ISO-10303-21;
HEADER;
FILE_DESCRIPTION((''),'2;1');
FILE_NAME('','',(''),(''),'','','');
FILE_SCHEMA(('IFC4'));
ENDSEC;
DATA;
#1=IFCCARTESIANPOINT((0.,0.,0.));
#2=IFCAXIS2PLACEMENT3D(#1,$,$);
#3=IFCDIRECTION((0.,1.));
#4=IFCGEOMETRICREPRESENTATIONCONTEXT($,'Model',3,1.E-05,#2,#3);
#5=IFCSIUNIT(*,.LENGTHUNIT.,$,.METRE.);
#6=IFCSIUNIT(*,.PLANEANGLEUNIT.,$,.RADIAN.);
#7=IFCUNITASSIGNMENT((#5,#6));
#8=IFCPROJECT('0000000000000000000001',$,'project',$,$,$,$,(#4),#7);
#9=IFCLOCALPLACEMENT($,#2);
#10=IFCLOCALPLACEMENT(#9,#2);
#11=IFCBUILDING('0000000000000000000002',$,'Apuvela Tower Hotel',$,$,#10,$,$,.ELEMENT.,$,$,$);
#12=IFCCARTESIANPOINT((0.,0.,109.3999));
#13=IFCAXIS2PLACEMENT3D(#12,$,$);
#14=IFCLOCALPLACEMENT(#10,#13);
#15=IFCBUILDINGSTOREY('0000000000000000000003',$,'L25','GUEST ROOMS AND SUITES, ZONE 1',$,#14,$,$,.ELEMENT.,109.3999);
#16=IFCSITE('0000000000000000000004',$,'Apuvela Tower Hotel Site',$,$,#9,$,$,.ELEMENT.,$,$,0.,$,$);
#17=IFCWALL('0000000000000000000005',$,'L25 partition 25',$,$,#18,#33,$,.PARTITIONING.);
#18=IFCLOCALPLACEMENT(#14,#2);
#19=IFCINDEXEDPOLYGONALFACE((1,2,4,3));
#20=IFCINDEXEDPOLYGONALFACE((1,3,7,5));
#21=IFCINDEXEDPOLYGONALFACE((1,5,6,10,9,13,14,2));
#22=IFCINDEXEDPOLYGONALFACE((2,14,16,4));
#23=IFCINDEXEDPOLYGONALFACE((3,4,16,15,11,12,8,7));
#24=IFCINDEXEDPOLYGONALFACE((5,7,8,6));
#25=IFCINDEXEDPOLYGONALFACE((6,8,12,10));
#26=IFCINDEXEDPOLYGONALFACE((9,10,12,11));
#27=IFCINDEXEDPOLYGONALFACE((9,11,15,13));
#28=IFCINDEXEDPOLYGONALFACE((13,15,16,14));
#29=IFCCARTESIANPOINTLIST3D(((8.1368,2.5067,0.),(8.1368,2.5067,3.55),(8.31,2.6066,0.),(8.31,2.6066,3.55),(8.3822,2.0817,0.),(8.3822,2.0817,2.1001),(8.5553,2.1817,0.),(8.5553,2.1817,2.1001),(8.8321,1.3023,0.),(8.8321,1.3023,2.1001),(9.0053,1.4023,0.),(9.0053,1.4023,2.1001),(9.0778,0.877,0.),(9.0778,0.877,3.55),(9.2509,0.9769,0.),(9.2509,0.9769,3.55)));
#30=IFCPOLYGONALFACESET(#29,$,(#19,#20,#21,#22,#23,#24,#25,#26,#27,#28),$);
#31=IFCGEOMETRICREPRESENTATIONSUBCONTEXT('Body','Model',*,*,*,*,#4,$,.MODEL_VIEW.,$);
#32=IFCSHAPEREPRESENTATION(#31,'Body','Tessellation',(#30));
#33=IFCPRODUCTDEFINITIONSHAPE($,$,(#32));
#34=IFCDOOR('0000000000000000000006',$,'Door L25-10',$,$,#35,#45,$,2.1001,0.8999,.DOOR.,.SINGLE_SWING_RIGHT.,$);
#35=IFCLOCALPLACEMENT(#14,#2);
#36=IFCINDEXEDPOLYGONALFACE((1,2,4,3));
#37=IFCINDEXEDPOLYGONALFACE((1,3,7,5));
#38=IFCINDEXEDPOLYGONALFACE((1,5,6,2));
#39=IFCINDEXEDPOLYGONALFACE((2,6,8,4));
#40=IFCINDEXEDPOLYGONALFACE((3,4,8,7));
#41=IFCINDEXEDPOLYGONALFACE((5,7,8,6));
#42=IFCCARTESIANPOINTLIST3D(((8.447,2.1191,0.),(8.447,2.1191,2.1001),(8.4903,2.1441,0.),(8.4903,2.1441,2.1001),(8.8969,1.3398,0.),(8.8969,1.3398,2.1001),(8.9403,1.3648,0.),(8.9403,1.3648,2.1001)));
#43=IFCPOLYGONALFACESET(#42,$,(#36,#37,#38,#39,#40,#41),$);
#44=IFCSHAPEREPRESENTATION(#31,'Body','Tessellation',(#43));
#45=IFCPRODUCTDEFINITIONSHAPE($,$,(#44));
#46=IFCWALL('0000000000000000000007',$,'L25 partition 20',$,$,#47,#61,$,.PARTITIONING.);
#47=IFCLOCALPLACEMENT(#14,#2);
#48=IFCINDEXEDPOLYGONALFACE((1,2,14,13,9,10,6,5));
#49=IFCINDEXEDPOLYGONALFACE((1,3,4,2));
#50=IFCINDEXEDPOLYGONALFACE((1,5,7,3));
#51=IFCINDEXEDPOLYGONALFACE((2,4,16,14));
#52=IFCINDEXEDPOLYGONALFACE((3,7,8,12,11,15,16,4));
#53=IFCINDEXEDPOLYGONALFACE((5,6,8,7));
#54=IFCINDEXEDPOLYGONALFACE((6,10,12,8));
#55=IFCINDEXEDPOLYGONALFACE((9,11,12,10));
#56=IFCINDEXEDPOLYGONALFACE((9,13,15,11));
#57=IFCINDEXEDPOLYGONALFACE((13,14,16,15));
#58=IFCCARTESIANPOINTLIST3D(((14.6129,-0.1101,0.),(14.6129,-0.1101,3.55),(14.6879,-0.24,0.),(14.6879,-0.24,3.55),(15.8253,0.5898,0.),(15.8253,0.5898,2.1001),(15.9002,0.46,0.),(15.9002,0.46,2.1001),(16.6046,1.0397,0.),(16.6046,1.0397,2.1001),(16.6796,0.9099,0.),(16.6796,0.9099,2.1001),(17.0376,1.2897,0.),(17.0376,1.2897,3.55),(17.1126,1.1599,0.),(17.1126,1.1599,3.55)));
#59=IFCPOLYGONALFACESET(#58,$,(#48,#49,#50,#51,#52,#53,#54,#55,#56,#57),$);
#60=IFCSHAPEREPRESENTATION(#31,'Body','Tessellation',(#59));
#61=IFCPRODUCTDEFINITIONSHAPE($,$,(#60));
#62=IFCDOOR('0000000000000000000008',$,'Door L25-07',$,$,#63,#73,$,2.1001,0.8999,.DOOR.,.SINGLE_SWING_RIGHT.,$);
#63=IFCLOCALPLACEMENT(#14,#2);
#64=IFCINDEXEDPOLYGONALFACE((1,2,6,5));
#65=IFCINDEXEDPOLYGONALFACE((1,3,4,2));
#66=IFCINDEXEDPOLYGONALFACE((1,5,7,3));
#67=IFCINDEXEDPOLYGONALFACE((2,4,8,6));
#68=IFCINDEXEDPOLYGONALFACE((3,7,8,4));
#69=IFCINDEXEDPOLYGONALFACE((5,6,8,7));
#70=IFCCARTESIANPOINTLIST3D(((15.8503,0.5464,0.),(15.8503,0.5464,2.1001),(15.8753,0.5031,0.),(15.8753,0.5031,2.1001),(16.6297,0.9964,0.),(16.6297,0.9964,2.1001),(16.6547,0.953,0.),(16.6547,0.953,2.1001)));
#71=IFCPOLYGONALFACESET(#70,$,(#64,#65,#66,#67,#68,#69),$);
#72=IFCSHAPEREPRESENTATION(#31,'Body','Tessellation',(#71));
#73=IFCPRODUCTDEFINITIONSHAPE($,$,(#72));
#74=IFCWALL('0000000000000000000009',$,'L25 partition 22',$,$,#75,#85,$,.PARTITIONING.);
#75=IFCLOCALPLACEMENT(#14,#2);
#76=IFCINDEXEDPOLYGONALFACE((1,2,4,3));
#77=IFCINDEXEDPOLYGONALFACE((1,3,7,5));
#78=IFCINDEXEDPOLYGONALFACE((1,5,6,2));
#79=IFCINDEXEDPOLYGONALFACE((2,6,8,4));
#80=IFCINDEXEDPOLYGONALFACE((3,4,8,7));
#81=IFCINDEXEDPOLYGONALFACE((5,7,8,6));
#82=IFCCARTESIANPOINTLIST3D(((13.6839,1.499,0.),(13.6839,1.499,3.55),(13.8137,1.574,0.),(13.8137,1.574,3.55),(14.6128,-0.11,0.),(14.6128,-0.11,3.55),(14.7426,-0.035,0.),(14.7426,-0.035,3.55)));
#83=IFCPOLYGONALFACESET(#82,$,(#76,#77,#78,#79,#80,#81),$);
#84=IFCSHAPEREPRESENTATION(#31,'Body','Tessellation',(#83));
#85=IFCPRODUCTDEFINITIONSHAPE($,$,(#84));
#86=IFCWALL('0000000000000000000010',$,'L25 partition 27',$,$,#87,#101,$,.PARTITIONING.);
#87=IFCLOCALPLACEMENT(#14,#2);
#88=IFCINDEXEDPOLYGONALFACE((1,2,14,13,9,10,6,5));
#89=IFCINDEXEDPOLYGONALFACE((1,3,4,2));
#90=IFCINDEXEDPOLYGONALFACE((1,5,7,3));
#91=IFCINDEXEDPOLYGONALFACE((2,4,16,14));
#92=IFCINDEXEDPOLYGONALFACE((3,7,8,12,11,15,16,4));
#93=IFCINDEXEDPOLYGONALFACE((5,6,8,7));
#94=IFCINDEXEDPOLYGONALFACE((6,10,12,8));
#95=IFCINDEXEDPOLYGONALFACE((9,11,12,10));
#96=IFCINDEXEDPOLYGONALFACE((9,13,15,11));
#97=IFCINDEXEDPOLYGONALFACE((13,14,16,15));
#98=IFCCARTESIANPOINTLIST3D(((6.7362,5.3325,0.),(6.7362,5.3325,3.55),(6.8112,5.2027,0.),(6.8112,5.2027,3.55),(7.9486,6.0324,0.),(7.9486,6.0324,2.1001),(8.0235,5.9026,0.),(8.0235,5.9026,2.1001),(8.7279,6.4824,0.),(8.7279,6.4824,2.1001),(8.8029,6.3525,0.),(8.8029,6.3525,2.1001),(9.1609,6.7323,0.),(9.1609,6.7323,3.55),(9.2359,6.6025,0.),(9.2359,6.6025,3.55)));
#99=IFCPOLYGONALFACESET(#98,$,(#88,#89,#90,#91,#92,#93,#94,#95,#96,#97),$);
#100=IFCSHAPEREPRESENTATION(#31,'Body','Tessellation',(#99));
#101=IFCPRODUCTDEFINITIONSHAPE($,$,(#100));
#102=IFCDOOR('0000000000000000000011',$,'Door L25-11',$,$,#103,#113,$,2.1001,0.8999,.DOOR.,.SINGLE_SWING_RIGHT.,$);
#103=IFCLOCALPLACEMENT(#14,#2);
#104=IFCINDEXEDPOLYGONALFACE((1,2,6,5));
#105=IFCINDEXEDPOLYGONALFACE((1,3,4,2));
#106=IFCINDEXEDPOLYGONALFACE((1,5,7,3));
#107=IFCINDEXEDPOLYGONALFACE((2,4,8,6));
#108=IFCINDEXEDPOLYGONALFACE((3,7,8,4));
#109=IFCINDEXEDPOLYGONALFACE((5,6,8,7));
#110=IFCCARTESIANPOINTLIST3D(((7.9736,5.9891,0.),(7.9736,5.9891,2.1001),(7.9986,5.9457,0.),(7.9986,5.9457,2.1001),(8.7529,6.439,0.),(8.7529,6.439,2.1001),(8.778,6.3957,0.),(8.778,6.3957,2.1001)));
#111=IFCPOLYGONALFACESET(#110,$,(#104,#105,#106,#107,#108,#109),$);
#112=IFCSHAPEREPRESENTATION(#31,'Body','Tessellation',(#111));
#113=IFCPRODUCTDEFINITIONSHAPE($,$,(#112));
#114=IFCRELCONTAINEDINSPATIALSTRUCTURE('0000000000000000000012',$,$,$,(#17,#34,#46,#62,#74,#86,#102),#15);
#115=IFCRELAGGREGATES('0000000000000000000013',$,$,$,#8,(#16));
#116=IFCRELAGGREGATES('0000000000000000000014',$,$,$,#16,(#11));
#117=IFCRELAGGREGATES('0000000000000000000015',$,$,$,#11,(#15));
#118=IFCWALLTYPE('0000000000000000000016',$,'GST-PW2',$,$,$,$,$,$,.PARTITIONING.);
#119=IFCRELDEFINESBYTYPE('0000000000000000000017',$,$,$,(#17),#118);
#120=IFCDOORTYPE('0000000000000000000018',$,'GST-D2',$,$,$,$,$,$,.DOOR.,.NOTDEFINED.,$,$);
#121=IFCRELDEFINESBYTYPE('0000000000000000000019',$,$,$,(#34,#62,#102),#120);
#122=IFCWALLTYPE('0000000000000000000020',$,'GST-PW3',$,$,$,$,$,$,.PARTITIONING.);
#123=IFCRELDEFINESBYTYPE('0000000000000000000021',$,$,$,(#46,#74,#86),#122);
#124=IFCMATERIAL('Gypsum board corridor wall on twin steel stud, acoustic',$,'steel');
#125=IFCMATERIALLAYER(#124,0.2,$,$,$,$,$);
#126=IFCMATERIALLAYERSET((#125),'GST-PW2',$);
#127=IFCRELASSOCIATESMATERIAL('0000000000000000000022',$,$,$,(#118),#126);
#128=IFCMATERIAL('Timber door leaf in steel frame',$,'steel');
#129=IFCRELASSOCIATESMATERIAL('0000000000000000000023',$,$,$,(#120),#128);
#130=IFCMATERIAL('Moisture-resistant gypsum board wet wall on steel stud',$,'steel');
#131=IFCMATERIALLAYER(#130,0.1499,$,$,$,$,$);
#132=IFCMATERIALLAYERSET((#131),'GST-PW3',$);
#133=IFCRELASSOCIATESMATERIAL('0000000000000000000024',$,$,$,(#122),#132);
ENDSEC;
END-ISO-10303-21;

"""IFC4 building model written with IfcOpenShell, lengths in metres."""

from ifc_helpers import new_model, si_unit, direction, frame, frame_2d, origin, place, context, subcontext, project, spatial, rectangle, extrude, material, layer, layer_set, type_object, element, fill, save


model = new_model("IFC4")

# Units and contexts
model_context = context("Model", 3, precision=1e-05, world=origin(), true_north=direction((0.0, 1.0)))
body_context = subcontext(model_context, "Body", "Model", "MODEL_VIEW")
ifc_project = project(units=[si_unit("LENGTHUNIT", "METRE"), si_unit("PLANEANGLEUNIT", "RADIAN")], contexts=[model_context])

# Site, building, storey
site_placement = place(None, origin())
site = spatial("IfcSite", under=ifc_project, at=site_placement, Name="Apuvela Tower Hotel Site", CompositionType="ELEMENT", RefElevation=0.0)
building_placement = place(site_placement, origin())
building = spatial("IfcBuilding", under=site, at=building_placement, Name="Apuvela Tower Hotel", CompositionType="ELEMENT")
storey_placement = place(building_placement, frame((0.0, 0.0, 109.3999)))
storey = spatial("IfcBuildingStorey", under=building, at=storey_placement, Name="L25", Description="GUEST ROOMS AND SUITES, ZONE 1", CompositionType="ELEMENT", Elevation=109.3999)

# Walls, openings, doors
ifc_material_1 = material(Name="Gypsum board corridor wall on twin steel stud, acoustic", Category="steel")
ifc_layer_1 = layer(ifc_material_1, 0.2)
ifc_layer_set_1 = layer_set([ifc_layer_1], Name="GST-PW2")
wall_type_1 = type_object("IfcWallType", Name="GST-PW2", PredefinedType="PARTITIONING", material=ifc_layer_set_1)
ifc_material_2 = material(Name="Timber door leaf in steel frame", Category="steel")
door_type_1 = type_object("IfcDoorType", Name="GST-D2", OperationType="NOTDEFINED", PredefinedType="DOOR", material=ifc_material_2)
wall_1_placement = place(storey_placement, frame((8.2234, 2.5566, 0.0), z_axis=(0.0, 0.0, 1.0), x_axis=(0.500018, -0.866015, 0.0)))
wall_1 = element("IfcWall", 1, at=wall_1_placement, inside=storey, type_object=wall_type_1, Name="L25 partition 25", PredefinedType="PARTITIONING", context=body_context, shape_type="SweptSolid", body=[
    extrude(rectangle(XDim=1.8818, YDim=0.2, at=frame_2d((0.9409, 0.0))), origin(), (0.0, 0.0, 1.0), 3.55),
])
opening_1_placement = place(wall_1_placement, frame((0.4907, 0.0, 0.0)))
opening_1 = element("IfcOpeningElement", 2, at=opening_1_placement, cuts=wall_1, PredefinedType="OPENING", context=body_context, shape_type="SweptSolid", body=[
    extrude(rectangle(XDim=0.8999, YDim=2.1001, at=frame_2d((0.45, 1.05))), frame((0.0, 0.1099, 0.0), z_axis=(0.0, -1.0, 0.0), x_axis=(1.0, 0.0, 0.0)), (0.0, 0.0, 1.0), 0.22),
])
door_1_placement = place(opening_1_placement, origin())
door_1 = element("IfcDoor", 3, at=door_1_placement, inside=storey, type_object=door_type_1, Name="Door L25-10", OperationType="SINGLE_SWING_RIGHT", OverallHeight=2.1001, OverallWidth=0.8999, PredefinedType="DOOR", context=body_context, shape_type="SweptSolid", body=[
    extrude(rectangle(XDim=0.8999, YDim=2.1001, at=frame_2d((0.45, 1.05))), frame((0.0, 0.0249, 0.0), z_axis=(0.0, -1.0, 0.0), x_axis=(1.0, 0.0, 0.0)), (0.0, 0.0, 1.0), 0.05),
])
fill(opening_1, door_1)
ifc_material_3 = material(Name="Moisture-resistant gypsum board wet wall on steel stud", Category="steel")
ifc_layer_2 = layer(ifc_material_3, 0.1499)
ifc_layer_set_2 = layer_set([ifc_layer_2], Name="GST-PW3")
wall_type_2 = type_object("IfcWallType", Name="GST-PW3", PredefinedType="PARTITIONING", material=ifc_layer_set_2)
wall_2_placement = place(storey_placement, frame((14.6504, -0.175, 0.0), z_axis=(0.0, 0.0, 1.0), x_axis=(0.866035, 0.499984, 0.0)))
wall_2 = element("IfcWall", 4, at=wall_2_placement, inside=storey, type_object=wall_type_2, Name="L25 partition 20", PredefinedType="PARTITIONING", context=body_context, shape_type="SweptSolid", body=[
    extrude(rectangle(XDim=2.7998, YDim=0.1499, at=frame_2d((1.3999, 0.0))), origin(), (0.0, 0.0, 1.0), 3.55),
])
opening_2_placement = place(wall_2_placement, frame((1.3999, 0.0, 0.0)))
opening_2 = element("IfcOpeningElement", 5, at=opening_2_placement, cuts=wall_2, PredefinedType="OPENING", context=body_context, shape_type="SweptSolid", body=[
    extrude(rectangle(XDim=0.8999, YDim=2.1001, at=frame_2d((0.45, 1.05))), frame((0.0, 0.085, 0.0), z_axis=(0.0, -1.0, 0.0), x_axis=(1.0, 0.0, 0.0)), (0.0, 0.0, 1.0), 0.1699),
])
door_2_placement = place(opening_2_placement, origin())
door_2 = element("IfcDoor", 6, at=door_2_placement, inside=storey, type_object=door_type_1, Name="Door L25-07", OperationType="SINGLE_SWING_RIGHT", OverallHeight=2.1001, OverallWidth=0.8999, PredefinedType="DOOR", context=body_context, shape_type="SweptSolid", body=[
    extrude(rectangle(XDim=0.8999, YDim=2.1001, at=frame_2d((0.45, 1.05))), frame((0.0, 0.0249, 0.0), z_axis=(0.0, -1.0, 0.0), x_axis=(1.0, 0.0, 0.0)), (0.0, 0.0, 1.0), 0.05),
])
fill(opening_2, door_2)

# Wall
wall_3_placement = place(storey_placement, frame((14.6777, -0.0725, 0.0), z_axis=(0.0, 0.0, 1.0), x_axis=(-0.499969, 0.866043, 0.0)))
element("IfcWall", 7, at=wall_3_placement, inside=storey, type_object=wall_type_2, Name="L25 partition 22", PredefinedType="PARTITIONING", context=body_context, shape_type="SweptSolid", body=[
    extrude(rectangle(XDim=1.8579, YDim=0.1499, at=frame_2d((0.929, 0.0))), origin(), (0.0, 0.0, 1.0), 3.55),
])

# Wall, opening, door
wall_4_placement = place(storey_placement, frame((6.7737, 5.2676, 0.0), z_axis=(0.0, 0.0, 1.0), x_axis=(0.866035, 0.499984, 0.0)))
wall_4 = element("IfcWall", 8, at=wall_4_placement, inside=storey, type_object=wall_type_2, Name="L25 partition 27", PredefinedType="PARTITIONING", context=body_context, shape_type="SweptSolid", body=[
    extrude(rectangle(XDim=2.7998, YDim=0.1499, at=frame_2d((1.3999, 0.0))), origin(), (0.0, 0.0, 1.0), 3.55),
])
opening_3_placement = place(wall_4_placement, frame((1.3999, 0.0, 0.0)))
opening_3 = element("IfcOpeningElement", 9, at=opening_3_placement, cuts=wall_4, PredefinedType="OPENING", context=body_context, shape_type="SweptSolid", body=[
    extrude(rectangle(XDim=0.8999, YDim=2.1001, at=frame_2d((0.45, 1.05))), frame((0.0, 0.085, 0.0), z_axis=(0.0, -1.0, 0.0), x_axis=(1.0, 0.0, 0.0)), (0.0, 0.0, 1.0), 0.1699),
])
door_3_placement = place(opening_3_placement, origin())
door_3 = element("IfcDoor", 10, at=door_3_placement, inside=storey, type_object=door_type_1, Name="Door L25-11", OperationType="SINGLE_SWING_RIGHT", OverallHeight=2.1001, OverallWidth=0.8999, PredefinedType="DOOR", context=body_context, shape_type="SweptSolid", body=[
    extrude(rectangle(XDim=0.8999, YDim=2.1001, at=frame_2d((0.45, 1.05))), frame((0.0, 0.0249, 0.0), z_axis=(0.0, -1.0, 0.0), x_axis=(1.0, 0.0, 0.0)), (0.0, 0.0, 1.0), 0.05),
])
fill(opening_3, door_3)

save(model, "model.ifc")
